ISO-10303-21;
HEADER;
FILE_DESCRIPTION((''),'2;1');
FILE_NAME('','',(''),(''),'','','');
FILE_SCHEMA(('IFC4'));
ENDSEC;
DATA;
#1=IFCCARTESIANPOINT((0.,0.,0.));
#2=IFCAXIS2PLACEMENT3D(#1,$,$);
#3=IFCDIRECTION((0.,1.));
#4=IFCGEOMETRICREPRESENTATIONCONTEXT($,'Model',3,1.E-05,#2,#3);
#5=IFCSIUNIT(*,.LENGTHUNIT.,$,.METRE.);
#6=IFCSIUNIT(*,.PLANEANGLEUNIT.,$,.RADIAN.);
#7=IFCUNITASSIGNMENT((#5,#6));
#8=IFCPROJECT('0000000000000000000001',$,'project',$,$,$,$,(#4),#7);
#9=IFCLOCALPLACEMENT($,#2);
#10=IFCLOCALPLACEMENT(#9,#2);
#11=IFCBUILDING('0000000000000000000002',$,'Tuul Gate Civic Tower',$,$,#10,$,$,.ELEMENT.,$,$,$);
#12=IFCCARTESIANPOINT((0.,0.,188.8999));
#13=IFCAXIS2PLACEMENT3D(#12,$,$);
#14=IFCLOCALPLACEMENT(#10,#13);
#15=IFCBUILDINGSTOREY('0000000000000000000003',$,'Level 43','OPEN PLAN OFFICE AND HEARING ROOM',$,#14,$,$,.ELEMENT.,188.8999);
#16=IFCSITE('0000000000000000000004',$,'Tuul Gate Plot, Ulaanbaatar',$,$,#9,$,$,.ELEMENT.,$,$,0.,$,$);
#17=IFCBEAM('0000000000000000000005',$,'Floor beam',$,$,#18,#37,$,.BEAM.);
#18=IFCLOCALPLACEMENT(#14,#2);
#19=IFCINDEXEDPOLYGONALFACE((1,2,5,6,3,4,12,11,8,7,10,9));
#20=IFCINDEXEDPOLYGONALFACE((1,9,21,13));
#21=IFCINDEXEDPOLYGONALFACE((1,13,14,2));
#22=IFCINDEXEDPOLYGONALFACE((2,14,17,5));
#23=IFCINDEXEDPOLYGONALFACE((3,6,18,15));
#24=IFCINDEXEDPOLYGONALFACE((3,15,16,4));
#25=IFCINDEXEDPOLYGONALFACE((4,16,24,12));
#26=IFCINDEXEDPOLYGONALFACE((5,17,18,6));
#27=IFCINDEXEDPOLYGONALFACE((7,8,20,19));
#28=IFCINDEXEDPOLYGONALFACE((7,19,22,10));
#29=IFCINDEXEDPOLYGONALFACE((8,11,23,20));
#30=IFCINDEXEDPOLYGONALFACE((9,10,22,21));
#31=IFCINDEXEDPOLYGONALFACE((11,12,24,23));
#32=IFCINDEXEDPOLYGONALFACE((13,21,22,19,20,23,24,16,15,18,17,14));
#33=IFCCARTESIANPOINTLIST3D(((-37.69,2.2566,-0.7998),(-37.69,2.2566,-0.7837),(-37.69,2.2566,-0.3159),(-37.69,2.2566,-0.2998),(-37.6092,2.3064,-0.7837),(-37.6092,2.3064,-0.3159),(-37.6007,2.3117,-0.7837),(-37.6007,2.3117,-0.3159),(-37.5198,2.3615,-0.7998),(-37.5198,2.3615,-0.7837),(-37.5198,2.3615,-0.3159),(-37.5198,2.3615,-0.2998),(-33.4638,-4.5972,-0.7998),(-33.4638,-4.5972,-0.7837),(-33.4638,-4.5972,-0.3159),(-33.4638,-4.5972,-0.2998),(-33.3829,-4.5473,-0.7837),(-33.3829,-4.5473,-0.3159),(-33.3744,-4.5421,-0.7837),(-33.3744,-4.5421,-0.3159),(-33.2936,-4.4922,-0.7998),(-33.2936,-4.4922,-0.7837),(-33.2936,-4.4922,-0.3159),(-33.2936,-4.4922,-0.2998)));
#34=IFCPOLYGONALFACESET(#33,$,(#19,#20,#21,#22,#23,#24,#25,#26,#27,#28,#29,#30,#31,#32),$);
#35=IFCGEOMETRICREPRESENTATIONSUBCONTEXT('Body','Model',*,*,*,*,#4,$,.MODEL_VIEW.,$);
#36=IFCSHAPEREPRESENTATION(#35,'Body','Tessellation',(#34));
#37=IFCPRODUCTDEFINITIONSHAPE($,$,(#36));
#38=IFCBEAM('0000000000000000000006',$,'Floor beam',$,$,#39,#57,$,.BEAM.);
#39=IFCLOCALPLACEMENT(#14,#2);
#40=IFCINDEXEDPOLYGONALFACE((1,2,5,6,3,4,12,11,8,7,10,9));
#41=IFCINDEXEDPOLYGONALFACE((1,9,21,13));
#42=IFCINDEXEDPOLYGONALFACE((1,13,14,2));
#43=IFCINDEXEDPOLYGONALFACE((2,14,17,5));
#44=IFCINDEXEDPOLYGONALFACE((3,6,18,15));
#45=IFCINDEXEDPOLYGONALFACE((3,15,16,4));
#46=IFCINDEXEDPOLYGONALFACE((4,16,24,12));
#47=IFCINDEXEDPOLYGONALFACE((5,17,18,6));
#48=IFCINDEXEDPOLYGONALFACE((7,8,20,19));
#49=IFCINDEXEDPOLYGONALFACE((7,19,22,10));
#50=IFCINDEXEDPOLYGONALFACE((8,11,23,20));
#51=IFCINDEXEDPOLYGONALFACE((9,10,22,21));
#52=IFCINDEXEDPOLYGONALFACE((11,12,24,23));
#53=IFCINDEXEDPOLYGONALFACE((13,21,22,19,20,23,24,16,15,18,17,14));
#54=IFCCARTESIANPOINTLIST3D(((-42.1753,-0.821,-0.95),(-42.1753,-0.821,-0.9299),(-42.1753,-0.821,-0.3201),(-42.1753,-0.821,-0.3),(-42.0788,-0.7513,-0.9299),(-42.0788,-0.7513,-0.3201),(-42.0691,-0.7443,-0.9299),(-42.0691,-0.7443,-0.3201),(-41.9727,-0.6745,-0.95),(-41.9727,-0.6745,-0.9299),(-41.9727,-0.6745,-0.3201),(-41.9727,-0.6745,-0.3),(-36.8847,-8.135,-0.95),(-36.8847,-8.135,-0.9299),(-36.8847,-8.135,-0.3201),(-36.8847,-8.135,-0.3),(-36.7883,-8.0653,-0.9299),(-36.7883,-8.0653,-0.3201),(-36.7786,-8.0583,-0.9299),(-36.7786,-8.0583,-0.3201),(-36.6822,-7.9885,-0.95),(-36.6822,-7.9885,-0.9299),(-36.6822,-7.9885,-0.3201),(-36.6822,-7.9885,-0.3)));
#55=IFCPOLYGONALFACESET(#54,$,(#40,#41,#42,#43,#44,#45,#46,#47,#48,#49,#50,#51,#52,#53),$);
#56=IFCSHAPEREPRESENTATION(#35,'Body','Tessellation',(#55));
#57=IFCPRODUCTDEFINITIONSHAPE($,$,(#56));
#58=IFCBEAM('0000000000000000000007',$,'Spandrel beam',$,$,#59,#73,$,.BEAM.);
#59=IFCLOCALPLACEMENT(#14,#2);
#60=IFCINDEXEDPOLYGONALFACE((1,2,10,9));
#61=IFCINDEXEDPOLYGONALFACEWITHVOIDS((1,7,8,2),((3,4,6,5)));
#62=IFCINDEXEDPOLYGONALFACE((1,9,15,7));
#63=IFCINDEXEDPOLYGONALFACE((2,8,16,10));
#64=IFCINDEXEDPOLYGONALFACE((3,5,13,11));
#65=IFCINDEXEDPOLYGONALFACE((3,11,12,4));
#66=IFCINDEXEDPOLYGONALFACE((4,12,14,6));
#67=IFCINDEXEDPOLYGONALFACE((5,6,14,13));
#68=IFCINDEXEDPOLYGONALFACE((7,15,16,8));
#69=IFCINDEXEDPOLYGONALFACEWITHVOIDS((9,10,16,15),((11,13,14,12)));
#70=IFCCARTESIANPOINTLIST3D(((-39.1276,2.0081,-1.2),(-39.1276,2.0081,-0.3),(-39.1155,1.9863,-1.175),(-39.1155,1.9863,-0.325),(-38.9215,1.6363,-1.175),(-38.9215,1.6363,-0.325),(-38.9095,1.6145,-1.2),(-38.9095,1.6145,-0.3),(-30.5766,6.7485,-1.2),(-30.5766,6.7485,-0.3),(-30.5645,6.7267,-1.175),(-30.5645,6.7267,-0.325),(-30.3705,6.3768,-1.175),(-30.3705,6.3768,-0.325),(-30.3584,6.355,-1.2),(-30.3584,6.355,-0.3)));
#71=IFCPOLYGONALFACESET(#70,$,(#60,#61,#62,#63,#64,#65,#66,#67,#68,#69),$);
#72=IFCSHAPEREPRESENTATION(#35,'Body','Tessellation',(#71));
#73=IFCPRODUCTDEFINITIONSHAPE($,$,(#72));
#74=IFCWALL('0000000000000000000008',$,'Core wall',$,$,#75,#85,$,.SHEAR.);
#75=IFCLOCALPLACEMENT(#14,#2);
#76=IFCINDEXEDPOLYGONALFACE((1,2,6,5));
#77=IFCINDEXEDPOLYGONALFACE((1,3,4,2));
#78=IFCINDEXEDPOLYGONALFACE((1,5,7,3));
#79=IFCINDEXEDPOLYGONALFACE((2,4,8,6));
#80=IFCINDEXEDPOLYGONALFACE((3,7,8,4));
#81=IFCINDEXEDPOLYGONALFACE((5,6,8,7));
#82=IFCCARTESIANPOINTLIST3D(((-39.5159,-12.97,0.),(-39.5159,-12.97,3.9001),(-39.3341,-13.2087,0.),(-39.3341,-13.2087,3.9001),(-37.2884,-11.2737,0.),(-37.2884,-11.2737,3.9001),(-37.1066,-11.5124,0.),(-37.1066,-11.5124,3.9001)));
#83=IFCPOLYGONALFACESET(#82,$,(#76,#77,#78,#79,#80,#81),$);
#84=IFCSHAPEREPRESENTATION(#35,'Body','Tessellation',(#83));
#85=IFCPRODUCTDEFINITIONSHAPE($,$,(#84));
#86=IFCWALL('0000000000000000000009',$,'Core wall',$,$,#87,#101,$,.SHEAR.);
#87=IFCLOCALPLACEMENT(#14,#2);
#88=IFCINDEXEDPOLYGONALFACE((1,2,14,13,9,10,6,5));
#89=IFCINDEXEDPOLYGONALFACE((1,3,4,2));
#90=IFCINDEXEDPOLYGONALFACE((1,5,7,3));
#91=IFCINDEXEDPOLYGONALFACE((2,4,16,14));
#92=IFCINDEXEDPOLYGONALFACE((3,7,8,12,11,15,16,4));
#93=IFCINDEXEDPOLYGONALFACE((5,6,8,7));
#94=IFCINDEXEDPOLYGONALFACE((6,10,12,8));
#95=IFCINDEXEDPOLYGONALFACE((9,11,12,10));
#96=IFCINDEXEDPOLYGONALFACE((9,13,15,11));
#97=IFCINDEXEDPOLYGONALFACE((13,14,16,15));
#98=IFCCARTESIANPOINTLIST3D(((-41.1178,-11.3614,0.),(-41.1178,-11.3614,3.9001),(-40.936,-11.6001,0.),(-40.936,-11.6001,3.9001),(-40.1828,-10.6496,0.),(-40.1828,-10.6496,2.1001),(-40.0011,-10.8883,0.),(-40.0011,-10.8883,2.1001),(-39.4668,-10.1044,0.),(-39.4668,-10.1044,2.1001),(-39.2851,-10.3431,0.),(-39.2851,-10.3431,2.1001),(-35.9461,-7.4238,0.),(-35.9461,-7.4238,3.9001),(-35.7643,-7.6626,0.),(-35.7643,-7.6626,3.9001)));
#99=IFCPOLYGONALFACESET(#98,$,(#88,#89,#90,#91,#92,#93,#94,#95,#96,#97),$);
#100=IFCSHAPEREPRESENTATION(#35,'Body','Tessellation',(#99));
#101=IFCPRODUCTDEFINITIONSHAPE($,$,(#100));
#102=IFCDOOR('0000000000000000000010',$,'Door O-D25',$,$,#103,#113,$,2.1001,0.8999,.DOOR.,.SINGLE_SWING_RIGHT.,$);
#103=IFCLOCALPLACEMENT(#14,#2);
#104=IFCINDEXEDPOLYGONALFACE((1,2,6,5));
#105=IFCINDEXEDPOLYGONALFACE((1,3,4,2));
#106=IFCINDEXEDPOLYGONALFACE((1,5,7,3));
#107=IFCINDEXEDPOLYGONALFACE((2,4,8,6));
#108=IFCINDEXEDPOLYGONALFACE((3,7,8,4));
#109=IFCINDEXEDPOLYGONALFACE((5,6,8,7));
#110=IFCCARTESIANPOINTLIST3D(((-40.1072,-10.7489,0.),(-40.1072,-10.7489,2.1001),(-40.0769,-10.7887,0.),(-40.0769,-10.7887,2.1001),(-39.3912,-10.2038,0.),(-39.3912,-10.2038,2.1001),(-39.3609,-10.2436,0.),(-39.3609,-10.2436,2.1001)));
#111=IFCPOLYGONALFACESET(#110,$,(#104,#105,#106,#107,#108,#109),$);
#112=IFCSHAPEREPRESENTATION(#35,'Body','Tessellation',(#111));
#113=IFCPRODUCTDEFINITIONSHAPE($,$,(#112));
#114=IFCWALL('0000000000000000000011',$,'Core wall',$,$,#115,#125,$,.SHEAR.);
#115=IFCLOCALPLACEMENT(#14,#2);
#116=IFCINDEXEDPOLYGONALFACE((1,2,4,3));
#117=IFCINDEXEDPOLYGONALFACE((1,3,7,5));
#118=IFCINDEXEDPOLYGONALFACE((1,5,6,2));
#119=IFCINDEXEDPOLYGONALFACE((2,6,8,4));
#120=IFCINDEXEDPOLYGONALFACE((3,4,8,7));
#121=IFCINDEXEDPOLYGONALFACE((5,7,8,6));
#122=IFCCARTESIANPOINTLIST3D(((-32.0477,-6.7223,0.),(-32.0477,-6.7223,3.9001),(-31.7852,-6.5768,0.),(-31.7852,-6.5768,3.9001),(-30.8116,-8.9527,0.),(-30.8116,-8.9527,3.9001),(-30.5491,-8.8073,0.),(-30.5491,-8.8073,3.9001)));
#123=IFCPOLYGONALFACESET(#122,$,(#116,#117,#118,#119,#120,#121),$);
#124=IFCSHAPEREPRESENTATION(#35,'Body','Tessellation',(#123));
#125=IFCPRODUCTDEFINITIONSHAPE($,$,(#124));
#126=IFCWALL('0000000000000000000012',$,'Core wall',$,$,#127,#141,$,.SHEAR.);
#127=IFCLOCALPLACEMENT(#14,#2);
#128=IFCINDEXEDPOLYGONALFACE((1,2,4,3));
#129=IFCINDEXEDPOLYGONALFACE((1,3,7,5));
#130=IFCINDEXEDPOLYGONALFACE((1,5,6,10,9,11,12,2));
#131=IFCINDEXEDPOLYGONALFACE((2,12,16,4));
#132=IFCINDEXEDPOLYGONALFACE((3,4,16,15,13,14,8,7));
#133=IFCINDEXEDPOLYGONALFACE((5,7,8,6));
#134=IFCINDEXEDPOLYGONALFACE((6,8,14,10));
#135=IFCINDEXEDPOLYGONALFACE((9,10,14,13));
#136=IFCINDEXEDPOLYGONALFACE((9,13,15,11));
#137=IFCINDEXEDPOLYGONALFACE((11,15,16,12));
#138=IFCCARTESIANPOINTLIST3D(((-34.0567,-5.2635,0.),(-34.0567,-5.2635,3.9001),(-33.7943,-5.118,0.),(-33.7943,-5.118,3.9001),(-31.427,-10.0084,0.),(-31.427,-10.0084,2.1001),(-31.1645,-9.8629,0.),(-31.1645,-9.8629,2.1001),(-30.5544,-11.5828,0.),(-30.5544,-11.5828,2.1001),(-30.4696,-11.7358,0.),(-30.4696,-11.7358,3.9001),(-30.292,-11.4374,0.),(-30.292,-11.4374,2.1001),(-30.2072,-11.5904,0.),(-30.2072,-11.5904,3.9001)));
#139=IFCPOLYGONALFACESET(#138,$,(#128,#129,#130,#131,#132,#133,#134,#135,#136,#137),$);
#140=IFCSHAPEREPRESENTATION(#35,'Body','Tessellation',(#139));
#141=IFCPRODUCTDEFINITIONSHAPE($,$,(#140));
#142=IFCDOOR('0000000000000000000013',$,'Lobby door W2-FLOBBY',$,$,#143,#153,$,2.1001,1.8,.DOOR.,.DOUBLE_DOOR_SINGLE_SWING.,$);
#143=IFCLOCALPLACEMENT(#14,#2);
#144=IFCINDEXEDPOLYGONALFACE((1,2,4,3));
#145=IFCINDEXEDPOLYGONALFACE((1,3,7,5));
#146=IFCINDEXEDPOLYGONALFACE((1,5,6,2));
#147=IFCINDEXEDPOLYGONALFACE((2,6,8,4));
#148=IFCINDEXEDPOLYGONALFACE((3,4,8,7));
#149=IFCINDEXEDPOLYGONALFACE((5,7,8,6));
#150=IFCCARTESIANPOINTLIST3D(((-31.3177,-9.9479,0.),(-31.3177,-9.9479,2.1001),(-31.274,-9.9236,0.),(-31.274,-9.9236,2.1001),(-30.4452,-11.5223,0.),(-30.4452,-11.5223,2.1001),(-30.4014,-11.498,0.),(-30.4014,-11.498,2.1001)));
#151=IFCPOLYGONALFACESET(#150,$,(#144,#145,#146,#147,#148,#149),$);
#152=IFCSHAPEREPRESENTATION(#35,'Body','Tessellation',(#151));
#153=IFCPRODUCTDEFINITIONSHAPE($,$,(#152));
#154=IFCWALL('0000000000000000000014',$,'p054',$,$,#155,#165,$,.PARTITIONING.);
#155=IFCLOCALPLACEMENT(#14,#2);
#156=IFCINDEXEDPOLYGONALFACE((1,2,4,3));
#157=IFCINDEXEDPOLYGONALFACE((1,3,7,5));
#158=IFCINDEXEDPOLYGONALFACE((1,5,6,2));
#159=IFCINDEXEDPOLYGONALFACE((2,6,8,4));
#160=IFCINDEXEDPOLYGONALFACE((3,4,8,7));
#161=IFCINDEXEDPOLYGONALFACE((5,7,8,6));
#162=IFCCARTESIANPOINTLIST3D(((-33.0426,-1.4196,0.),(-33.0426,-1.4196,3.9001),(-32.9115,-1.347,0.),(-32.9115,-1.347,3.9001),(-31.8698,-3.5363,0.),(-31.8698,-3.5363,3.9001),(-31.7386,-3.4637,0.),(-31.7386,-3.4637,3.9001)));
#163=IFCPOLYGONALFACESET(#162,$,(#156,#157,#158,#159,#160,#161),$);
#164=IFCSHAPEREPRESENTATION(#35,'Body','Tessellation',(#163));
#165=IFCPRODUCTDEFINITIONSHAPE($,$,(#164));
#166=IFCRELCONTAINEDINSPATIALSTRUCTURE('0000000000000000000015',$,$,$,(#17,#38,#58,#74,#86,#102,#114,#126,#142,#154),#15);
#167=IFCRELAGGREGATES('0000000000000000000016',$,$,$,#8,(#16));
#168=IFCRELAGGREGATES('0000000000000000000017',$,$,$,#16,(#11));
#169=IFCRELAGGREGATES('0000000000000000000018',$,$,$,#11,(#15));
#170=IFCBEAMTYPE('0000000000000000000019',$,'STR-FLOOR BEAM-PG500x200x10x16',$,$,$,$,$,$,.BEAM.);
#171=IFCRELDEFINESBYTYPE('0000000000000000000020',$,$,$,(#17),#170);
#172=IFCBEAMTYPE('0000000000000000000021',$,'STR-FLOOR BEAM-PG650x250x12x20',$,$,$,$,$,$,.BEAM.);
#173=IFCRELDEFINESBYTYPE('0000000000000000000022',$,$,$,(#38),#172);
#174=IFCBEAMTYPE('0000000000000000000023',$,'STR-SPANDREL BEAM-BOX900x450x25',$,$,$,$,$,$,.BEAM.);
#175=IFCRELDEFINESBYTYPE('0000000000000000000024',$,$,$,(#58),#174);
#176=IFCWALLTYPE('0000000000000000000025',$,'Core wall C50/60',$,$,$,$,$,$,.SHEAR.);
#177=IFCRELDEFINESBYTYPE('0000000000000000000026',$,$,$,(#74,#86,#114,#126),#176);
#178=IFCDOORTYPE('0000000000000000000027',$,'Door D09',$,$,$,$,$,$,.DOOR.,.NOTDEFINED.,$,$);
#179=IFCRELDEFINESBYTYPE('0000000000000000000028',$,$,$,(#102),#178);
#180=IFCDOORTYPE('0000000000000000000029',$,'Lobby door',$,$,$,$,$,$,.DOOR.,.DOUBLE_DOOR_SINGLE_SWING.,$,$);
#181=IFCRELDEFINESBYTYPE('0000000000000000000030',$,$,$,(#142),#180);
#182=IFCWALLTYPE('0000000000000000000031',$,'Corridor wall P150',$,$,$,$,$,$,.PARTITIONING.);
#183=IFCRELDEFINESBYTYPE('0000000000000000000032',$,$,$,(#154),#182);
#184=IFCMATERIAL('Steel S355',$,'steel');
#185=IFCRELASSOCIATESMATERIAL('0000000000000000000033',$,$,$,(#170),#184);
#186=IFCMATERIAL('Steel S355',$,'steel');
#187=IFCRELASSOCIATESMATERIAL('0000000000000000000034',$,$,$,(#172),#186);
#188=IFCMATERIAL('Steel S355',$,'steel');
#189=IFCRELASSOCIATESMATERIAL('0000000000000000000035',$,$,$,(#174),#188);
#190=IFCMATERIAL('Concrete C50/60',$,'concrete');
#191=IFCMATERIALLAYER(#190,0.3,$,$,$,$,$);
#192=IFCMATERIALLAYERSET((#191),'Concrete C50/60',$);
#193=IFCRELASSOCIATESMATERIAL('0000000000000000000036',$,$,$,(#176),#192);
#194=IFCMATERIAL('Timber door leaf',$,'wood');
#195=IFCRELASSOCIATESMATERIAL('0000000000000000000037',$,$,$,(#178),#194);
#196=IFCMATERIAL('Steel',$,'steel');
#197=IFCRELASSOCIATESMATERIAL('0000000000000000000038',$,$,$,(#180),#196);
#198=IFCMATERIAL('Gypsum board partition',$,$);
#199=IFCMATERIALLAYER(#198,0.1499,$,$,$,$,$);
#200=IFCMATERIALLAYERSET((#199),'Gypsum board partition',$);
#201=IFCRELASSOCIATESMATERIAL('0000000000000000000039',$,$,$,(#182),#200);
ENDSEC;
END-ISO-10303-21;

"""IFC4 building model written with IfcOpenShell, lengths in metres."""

from ifc_helpers import new_model, si_unit, direction, frame, frame_2d, origin, origin_2d, place, context, subcontext, project, spatial, rectangle, hollow_rectangle, i_section, extrude, material, layer, layer_set, material_profile, profile_set, type_object, element, fill, save


model = new_model("IFC4")

# Units and contexts
model_context = context("Model", 3, precision=1e-05, world=origin(), true_north=direction((0.0, 1.0)))
body_context = subcontext(model_context, "Body", "Model", "MODEL_VIEW")
ifc_project = project(units=[si_unit("LENGTHUNIT", "METRE"), si_unit("PLANEANGLEUNIT", "RADIAN")], contexts=[model_context])

# Site, building, storey
site_placement = place(None, origin())
site = spatial("IfcSite", under=ifc_project, at=site_placement, Name="Tuul Gate Plot, Ulaanbaatar", CompositionType="ELEMENT", RefElevation=0.0)
building_placement = place(site_placement, origin())
building = spatial("IfcBuilding", under=site, at=building_placement, Name="Tuul Gate Civic Tower", CompositionType="ELEMENT")
storey_placement = place(building_placement, frame((0.0, 0.0, 188.8999)))
storey = spatial("IfcBuildingStorey", under=building, at=storey_placement, Name="Level 43", Description="OPEN PLAN OFFICE AND HEARING ROOM", CompositionType="ELEMENT", Elevation=188.8999)

# Beams
ifc_material_1 = material(Name="Steel S355", Category="steel")
ifc_material_profile_1 = material_profile(ifc_material_1, i_section(OverallWidth=0.2, OverallDepth=0.5, WebThickness=0.01, FlangeThickness=0.0161, at=origin_2d()), Name="PG500x200x10x16")
ifc_profile_set_1 = profile_set([ifc_material_profile_1], Name="Steel S355")
beam_type_1 = type_object("IfcBeamType", Name="STR-FLOOR BEAM-PG500x200x10x16", PredefinedType="BEAM", material=ifc_profile_set_1)
beam_1_placement = place(storey_placement, frame((-33.3787, -4.5447, -0.5498), z_axis=(-0.524874, 0.85118, 0.0), x_axis=(-0.85118, -0.524874, 0.0)))
element("IfcBeam", 1, at=beam_1_placement, inside=storey, type_object=beam_type_1, Name="Floor beam", PredefinedType="BEAM", context=body_context, shape_type="SweptSolid", body=[
    extrude(i_section(OverallWidth=0.2, OverallDepth=0.5, WebThickness=0.01, FlangeThickness=0.0161, at=origin_2d()), origin(), (0.0, 0.0, 1.0), 8.052),
])
ifc_material_2 = material(Name="Steel S355", Category="steel")
ifc_material_profile_2 = material_profile(ifc_material_2, i_section(OverallWidth=0.25, OverallDepth=0.6499, WebThickness=0.012, FlangeThickness=0.02, at=origin_2d()), Name="PG650x250x12x20")
ifc_profile_set_2 = profile_set([ifc_material_profile_2], Name="Steel S355")
beam_type_2 = type_object("IfcBeamType", Name="STR-FLOOR BEAM-PG650x250x12x20", PredefinedType="BEAM", material=ifc_profile_set_2)
beam_2_placement = place(storey_placement, frame((-36.7834, -8.0618, -0.625), z_axis=(-0.586089, 0.810247, 0.0), x_axis=(-0.810247, -0.586089, 0.0)))
element("IfcBeam", 2, at=beam_2_placement, inside=storey, type_object=beam_type_2, Name="Floor beam", PredefinedType="BEAM", context=body_context, shape_type="SweptSolid", body=[
    extrude(i_section(OverallWidth=0.25, OverallDepth=0.6499, WebThickness=0.012, FlangeThickness=0.02, at=origin_2d()), origin(), (0.0, 0.0, 1.0), 9.0269),
])
ifc_material_3 = material(Name="Steel S355", Category="steel")
ifc_material_profile_3 = material_profile(ifc_material_3, hollow_rectangle(XDim=0.45, YDim=0.8999, WallThickness=0.0249, at=origin_2d()), Name="BOX900x450x25")
ifc_profile_set_3 = profile_set([ifc_material_profile_3], Name="Steel S355")
beam_type_3 = type_object("IfcBeamType", Name="STR-SPANDREL BEAM-BOX900x450x25", PredefinedType="BEAM", material=ifc_profile_set_3)
beam_3_placement = place(storey_placement, frame((-30.4675, 6.5518, -0.75), z_axis=(-0.874595, -0.484854, 0.0), x_axis=(0.484854, -0.874595, 0.0)))
element("IfcBeam", 3, at=beam_3_placement, inside=storey, type_object=beam_type_3, Name="Spandrel beam", PredefinedType="BEAM", context=body_context, shape_type="SweptSolid", body=[
    extrude(hollow_rectangle(XDim=0.45, YDim=0.8999, WallThickness=0.0249, at=origin_2d()), origin(), (0.0, 0.0, 1.0), 9.7771),
])

# Wall
ifc_material_4 = material(Name="Concrete C50/60", Category="concrete")
ifc_layer_1 = layer(ifc_material_4, 0.3)
ifc_layer_set_1 = layer_set([ifc_layer_1], Name="Concrete C50/60")
wall_type_1 = type_object("IfcWallType", Name="Core wall C50/60", PredefinedType="SHEAR", material=ifc_layer_set_1)
wall_1_placement = place(storey_placement, frame((-37.1975, -11.3931, 0.0), z_axis=(0.0, 0.0, 1.0), x_axis=(-0.795584, -0.605844, 0.0)))
element("IfcWall", 4, at=wall_1_placement, inside=storey, type_object=wall_type_1, Name="Core wall", PredefinedType="SHEAR", context=body_context, shape_type="SweptSolid", body=[
    extrude(rectangle(XDim=2.7998, YDim=0.3, at=frame_2d((1.3999, 0.0))), origin(), (0.0, 0.0, 1.0), 3.9001),
])

# Wall, opening, door
wall_2_placement = place(storey_placement, frame((-35.8552, -7.5432, 0.0), z_axis=(0.0, 0.0, 1.0), x_axis=(-0.795639, -0.605772, 0.0)))
wall_2 = element("IfcWall", 5, at=wall_2_placement, inside=storey, type_object=wall_type_1, Name="Core wall", PredefinedType="SHEAR", context=body_context, shape_type="SweptSolid", body=[
    extrude(rectangle(XDim=6.5, YDim=0.3, at=frame_2d((3.25, 0.0))), origin(), (0.0, 0.0, 1.0), 3.9001),
])
opening_1_placement = place(wall_2_placement, frame((4.425, 0.0, 0.0)))
opening_1 = element("IfcOpeningElement", 6, at=opening_1_placement, cuts=wall_2, PredefinedType="OPENING", context=body_context, shape_type="SweptSolid", body=[
    extrude(rectangle(XDim=0.8999, YDim=2.1001, at=frame_2d((0.45, 1.05))), frame((0.0, 0.1602, 0.0), z_axis=(0.0, -1.0, 0.0), x_axis=(1.0, 0.0, 0.0)), (0.0, 0.0, 1.0), 0.3201),
])
ifc_material_5 = material(Name="Timber door leaf", Category="wood")
door_type_1 = type_object("IfcDoorType", Name="Door D09", OperationType="NOTDEFINED", PredefinedType="DOOR", material=ifc_material_5)
door_1_placement = place(opening_1_placement, origin())
door_1 = element("IfcDoor", 7, at=door_1_placement, inside=storey, type_object=door_type_1, Name="Door O-D25", OperationType="SINGLE_SWING_RIGHT", OverallHeight=2.1001, OverallWidth=0.8999, PredefinedType="DOOR", context=body_context, shape_type="SweptSolid", body=[
    extrude(rectangle(XDim=0.8999, YDim=2.1001, at=frame_2d((0.45, 1.05))), frame((0.0, 0.0249, 0.0), z_axis=(0.0, -1.0, 0.0), x_axis=(1.0, 0.0, 0.0)), (0.0, 0.0, 1.0), 0.05),
])
fill(opening_1, door_1)

# Wall
wall_3_placement = place(storey_placement, frame((-30.6804, -8.8799, 0.0), z_axis=(0.0, 0.0, 1.0), x_axis=(-0.484724, 0.874667, 0.0)))
element("IfcWall", 8, at=wall_3_placement, inside=storey, type_object=wall_type_1, Name="Core wall", PredefinedType="SHEAR", context=body_context, shape_type="SweptSolid", body=[
    extrude(rectangle(XDim=2.55, YDim=0.3, at=frame_2d((1.2749, 0.0))), origin(), (0.0, 0.0, 1.0), 3.9001),
])

# Wall, opening, door
wall_4_placement = place(storey_placement, frame((-30.3384, -11.6631, 0.0), z_axis=(0.0, 0.0, 1.0), x_axis=(-0.484752, 0.874652, 0.0)))
wall_4 = element("IfcWall", 9, at=wall_4_placement, inside=storey, type_object=wall_type_1, Name="Core wall", PredefinedType="SHEAR", context=body_context, shape_type="SweptSolid", body=[
    extrude(rectangle(XDim=7.3999, YDim=0.3, at=frame_2d((3.7, 0.0))), origin(), (0.0, 0.0, 1.0), 3.9001),
])
opening_2_placement = place(wall_4_placement, frame((0.175, 0.0, 0.0)))
opening_2 = element("IfcOpeningElement", 10, at=opening_2_placement, cuts=wall_4, PredefinedType="OPENING", context=body_context, shape_type="SweptSolid", body=[
    extrude(rectangle(XDim=1.8, YDim=2.1001, at=frame_2d((0.8999, 1.05))), frame((0.0, 0.1602, 0.0), z_axis=(0.0, -1.0, 0.0), x_axis=(1.0, 0.0, 0.0)), (0.0, 0.0, 1.0), 0.3201),
])
ifc_material_6 = material(Name="Steel", Category="steel")
door_type_2 = type_object("IfcDoorType", Name="Lobby door", OperationType="DOUBLE_DOOR_SINGLE_SWING", PredefinedType="DOOR", material=ifc_material_6)
door_2_placement = place(opening_2_placement, frame((1.8, 0.0, 0.0), z_axis=(0.0, 0.0, 1.0), x_axis=(-1.0, 0.0, 0.0)))
door_2 = element("IfcDoor", 11, at=door_2_placement, inside=storey, type_object=door_type_2, Name="Lobby door W2-FLOBBY", OperationType="DOUBLE_DOOR_SINGLE_SWING", OverallHeight=2.1001, OverallWidth=1.8, PredefinedType="DOOR", context=body_context, shape_type="SweptSolid", body=[
    extrude(rectangle(XDim=1.8, YDim=2.1001, at=frame_2d((0.9001, 1.05))), frame((0.0, 0.0249, 0.0), z_axis=(0.0, -1.0, 0.0), x_axis=(1.0, 0.0, 0.0)), (0.0, 0.0, 1.0), 0.05),
])
fill(opening_2, door_2)

# Wall
ifc_material_7 = material(Name="Gypsum board partition")
ifc_layer_2 = layer(ifc_material_7, 0.1499)
ifc_layer_set_2 = layer_set([ifc_layer_2], Name="Gypsum board partition")
wall_type_2 = type_object("IfcWallType", Name="Corridor wall P150", PredefinedType="PARTITIONING", material=ifc_layer_set_2)
wall_5_placement = place(storey_placement, frame((-32.9771, -1.3833, 0.0), z_axis=(0.0, 0.0, 1.0), x_axis=(0.484666, -0.874699, 0.0)))
element("IfcWall", 12, at=wall_5_placement, inside=storey, type_object=wall_type_2, Name="p054", PredefinedType="PARTITIONING", context=body_context, shape_type="SweptSolid", body=[
    extrude(rectangle(XDim=2.4199, YDim=0.1499, at=frame_2d((1.21, 0.0))), origin(), (0.0, 0.0, 1.0), 3.9001),
])

save(model, "model.ifc")
